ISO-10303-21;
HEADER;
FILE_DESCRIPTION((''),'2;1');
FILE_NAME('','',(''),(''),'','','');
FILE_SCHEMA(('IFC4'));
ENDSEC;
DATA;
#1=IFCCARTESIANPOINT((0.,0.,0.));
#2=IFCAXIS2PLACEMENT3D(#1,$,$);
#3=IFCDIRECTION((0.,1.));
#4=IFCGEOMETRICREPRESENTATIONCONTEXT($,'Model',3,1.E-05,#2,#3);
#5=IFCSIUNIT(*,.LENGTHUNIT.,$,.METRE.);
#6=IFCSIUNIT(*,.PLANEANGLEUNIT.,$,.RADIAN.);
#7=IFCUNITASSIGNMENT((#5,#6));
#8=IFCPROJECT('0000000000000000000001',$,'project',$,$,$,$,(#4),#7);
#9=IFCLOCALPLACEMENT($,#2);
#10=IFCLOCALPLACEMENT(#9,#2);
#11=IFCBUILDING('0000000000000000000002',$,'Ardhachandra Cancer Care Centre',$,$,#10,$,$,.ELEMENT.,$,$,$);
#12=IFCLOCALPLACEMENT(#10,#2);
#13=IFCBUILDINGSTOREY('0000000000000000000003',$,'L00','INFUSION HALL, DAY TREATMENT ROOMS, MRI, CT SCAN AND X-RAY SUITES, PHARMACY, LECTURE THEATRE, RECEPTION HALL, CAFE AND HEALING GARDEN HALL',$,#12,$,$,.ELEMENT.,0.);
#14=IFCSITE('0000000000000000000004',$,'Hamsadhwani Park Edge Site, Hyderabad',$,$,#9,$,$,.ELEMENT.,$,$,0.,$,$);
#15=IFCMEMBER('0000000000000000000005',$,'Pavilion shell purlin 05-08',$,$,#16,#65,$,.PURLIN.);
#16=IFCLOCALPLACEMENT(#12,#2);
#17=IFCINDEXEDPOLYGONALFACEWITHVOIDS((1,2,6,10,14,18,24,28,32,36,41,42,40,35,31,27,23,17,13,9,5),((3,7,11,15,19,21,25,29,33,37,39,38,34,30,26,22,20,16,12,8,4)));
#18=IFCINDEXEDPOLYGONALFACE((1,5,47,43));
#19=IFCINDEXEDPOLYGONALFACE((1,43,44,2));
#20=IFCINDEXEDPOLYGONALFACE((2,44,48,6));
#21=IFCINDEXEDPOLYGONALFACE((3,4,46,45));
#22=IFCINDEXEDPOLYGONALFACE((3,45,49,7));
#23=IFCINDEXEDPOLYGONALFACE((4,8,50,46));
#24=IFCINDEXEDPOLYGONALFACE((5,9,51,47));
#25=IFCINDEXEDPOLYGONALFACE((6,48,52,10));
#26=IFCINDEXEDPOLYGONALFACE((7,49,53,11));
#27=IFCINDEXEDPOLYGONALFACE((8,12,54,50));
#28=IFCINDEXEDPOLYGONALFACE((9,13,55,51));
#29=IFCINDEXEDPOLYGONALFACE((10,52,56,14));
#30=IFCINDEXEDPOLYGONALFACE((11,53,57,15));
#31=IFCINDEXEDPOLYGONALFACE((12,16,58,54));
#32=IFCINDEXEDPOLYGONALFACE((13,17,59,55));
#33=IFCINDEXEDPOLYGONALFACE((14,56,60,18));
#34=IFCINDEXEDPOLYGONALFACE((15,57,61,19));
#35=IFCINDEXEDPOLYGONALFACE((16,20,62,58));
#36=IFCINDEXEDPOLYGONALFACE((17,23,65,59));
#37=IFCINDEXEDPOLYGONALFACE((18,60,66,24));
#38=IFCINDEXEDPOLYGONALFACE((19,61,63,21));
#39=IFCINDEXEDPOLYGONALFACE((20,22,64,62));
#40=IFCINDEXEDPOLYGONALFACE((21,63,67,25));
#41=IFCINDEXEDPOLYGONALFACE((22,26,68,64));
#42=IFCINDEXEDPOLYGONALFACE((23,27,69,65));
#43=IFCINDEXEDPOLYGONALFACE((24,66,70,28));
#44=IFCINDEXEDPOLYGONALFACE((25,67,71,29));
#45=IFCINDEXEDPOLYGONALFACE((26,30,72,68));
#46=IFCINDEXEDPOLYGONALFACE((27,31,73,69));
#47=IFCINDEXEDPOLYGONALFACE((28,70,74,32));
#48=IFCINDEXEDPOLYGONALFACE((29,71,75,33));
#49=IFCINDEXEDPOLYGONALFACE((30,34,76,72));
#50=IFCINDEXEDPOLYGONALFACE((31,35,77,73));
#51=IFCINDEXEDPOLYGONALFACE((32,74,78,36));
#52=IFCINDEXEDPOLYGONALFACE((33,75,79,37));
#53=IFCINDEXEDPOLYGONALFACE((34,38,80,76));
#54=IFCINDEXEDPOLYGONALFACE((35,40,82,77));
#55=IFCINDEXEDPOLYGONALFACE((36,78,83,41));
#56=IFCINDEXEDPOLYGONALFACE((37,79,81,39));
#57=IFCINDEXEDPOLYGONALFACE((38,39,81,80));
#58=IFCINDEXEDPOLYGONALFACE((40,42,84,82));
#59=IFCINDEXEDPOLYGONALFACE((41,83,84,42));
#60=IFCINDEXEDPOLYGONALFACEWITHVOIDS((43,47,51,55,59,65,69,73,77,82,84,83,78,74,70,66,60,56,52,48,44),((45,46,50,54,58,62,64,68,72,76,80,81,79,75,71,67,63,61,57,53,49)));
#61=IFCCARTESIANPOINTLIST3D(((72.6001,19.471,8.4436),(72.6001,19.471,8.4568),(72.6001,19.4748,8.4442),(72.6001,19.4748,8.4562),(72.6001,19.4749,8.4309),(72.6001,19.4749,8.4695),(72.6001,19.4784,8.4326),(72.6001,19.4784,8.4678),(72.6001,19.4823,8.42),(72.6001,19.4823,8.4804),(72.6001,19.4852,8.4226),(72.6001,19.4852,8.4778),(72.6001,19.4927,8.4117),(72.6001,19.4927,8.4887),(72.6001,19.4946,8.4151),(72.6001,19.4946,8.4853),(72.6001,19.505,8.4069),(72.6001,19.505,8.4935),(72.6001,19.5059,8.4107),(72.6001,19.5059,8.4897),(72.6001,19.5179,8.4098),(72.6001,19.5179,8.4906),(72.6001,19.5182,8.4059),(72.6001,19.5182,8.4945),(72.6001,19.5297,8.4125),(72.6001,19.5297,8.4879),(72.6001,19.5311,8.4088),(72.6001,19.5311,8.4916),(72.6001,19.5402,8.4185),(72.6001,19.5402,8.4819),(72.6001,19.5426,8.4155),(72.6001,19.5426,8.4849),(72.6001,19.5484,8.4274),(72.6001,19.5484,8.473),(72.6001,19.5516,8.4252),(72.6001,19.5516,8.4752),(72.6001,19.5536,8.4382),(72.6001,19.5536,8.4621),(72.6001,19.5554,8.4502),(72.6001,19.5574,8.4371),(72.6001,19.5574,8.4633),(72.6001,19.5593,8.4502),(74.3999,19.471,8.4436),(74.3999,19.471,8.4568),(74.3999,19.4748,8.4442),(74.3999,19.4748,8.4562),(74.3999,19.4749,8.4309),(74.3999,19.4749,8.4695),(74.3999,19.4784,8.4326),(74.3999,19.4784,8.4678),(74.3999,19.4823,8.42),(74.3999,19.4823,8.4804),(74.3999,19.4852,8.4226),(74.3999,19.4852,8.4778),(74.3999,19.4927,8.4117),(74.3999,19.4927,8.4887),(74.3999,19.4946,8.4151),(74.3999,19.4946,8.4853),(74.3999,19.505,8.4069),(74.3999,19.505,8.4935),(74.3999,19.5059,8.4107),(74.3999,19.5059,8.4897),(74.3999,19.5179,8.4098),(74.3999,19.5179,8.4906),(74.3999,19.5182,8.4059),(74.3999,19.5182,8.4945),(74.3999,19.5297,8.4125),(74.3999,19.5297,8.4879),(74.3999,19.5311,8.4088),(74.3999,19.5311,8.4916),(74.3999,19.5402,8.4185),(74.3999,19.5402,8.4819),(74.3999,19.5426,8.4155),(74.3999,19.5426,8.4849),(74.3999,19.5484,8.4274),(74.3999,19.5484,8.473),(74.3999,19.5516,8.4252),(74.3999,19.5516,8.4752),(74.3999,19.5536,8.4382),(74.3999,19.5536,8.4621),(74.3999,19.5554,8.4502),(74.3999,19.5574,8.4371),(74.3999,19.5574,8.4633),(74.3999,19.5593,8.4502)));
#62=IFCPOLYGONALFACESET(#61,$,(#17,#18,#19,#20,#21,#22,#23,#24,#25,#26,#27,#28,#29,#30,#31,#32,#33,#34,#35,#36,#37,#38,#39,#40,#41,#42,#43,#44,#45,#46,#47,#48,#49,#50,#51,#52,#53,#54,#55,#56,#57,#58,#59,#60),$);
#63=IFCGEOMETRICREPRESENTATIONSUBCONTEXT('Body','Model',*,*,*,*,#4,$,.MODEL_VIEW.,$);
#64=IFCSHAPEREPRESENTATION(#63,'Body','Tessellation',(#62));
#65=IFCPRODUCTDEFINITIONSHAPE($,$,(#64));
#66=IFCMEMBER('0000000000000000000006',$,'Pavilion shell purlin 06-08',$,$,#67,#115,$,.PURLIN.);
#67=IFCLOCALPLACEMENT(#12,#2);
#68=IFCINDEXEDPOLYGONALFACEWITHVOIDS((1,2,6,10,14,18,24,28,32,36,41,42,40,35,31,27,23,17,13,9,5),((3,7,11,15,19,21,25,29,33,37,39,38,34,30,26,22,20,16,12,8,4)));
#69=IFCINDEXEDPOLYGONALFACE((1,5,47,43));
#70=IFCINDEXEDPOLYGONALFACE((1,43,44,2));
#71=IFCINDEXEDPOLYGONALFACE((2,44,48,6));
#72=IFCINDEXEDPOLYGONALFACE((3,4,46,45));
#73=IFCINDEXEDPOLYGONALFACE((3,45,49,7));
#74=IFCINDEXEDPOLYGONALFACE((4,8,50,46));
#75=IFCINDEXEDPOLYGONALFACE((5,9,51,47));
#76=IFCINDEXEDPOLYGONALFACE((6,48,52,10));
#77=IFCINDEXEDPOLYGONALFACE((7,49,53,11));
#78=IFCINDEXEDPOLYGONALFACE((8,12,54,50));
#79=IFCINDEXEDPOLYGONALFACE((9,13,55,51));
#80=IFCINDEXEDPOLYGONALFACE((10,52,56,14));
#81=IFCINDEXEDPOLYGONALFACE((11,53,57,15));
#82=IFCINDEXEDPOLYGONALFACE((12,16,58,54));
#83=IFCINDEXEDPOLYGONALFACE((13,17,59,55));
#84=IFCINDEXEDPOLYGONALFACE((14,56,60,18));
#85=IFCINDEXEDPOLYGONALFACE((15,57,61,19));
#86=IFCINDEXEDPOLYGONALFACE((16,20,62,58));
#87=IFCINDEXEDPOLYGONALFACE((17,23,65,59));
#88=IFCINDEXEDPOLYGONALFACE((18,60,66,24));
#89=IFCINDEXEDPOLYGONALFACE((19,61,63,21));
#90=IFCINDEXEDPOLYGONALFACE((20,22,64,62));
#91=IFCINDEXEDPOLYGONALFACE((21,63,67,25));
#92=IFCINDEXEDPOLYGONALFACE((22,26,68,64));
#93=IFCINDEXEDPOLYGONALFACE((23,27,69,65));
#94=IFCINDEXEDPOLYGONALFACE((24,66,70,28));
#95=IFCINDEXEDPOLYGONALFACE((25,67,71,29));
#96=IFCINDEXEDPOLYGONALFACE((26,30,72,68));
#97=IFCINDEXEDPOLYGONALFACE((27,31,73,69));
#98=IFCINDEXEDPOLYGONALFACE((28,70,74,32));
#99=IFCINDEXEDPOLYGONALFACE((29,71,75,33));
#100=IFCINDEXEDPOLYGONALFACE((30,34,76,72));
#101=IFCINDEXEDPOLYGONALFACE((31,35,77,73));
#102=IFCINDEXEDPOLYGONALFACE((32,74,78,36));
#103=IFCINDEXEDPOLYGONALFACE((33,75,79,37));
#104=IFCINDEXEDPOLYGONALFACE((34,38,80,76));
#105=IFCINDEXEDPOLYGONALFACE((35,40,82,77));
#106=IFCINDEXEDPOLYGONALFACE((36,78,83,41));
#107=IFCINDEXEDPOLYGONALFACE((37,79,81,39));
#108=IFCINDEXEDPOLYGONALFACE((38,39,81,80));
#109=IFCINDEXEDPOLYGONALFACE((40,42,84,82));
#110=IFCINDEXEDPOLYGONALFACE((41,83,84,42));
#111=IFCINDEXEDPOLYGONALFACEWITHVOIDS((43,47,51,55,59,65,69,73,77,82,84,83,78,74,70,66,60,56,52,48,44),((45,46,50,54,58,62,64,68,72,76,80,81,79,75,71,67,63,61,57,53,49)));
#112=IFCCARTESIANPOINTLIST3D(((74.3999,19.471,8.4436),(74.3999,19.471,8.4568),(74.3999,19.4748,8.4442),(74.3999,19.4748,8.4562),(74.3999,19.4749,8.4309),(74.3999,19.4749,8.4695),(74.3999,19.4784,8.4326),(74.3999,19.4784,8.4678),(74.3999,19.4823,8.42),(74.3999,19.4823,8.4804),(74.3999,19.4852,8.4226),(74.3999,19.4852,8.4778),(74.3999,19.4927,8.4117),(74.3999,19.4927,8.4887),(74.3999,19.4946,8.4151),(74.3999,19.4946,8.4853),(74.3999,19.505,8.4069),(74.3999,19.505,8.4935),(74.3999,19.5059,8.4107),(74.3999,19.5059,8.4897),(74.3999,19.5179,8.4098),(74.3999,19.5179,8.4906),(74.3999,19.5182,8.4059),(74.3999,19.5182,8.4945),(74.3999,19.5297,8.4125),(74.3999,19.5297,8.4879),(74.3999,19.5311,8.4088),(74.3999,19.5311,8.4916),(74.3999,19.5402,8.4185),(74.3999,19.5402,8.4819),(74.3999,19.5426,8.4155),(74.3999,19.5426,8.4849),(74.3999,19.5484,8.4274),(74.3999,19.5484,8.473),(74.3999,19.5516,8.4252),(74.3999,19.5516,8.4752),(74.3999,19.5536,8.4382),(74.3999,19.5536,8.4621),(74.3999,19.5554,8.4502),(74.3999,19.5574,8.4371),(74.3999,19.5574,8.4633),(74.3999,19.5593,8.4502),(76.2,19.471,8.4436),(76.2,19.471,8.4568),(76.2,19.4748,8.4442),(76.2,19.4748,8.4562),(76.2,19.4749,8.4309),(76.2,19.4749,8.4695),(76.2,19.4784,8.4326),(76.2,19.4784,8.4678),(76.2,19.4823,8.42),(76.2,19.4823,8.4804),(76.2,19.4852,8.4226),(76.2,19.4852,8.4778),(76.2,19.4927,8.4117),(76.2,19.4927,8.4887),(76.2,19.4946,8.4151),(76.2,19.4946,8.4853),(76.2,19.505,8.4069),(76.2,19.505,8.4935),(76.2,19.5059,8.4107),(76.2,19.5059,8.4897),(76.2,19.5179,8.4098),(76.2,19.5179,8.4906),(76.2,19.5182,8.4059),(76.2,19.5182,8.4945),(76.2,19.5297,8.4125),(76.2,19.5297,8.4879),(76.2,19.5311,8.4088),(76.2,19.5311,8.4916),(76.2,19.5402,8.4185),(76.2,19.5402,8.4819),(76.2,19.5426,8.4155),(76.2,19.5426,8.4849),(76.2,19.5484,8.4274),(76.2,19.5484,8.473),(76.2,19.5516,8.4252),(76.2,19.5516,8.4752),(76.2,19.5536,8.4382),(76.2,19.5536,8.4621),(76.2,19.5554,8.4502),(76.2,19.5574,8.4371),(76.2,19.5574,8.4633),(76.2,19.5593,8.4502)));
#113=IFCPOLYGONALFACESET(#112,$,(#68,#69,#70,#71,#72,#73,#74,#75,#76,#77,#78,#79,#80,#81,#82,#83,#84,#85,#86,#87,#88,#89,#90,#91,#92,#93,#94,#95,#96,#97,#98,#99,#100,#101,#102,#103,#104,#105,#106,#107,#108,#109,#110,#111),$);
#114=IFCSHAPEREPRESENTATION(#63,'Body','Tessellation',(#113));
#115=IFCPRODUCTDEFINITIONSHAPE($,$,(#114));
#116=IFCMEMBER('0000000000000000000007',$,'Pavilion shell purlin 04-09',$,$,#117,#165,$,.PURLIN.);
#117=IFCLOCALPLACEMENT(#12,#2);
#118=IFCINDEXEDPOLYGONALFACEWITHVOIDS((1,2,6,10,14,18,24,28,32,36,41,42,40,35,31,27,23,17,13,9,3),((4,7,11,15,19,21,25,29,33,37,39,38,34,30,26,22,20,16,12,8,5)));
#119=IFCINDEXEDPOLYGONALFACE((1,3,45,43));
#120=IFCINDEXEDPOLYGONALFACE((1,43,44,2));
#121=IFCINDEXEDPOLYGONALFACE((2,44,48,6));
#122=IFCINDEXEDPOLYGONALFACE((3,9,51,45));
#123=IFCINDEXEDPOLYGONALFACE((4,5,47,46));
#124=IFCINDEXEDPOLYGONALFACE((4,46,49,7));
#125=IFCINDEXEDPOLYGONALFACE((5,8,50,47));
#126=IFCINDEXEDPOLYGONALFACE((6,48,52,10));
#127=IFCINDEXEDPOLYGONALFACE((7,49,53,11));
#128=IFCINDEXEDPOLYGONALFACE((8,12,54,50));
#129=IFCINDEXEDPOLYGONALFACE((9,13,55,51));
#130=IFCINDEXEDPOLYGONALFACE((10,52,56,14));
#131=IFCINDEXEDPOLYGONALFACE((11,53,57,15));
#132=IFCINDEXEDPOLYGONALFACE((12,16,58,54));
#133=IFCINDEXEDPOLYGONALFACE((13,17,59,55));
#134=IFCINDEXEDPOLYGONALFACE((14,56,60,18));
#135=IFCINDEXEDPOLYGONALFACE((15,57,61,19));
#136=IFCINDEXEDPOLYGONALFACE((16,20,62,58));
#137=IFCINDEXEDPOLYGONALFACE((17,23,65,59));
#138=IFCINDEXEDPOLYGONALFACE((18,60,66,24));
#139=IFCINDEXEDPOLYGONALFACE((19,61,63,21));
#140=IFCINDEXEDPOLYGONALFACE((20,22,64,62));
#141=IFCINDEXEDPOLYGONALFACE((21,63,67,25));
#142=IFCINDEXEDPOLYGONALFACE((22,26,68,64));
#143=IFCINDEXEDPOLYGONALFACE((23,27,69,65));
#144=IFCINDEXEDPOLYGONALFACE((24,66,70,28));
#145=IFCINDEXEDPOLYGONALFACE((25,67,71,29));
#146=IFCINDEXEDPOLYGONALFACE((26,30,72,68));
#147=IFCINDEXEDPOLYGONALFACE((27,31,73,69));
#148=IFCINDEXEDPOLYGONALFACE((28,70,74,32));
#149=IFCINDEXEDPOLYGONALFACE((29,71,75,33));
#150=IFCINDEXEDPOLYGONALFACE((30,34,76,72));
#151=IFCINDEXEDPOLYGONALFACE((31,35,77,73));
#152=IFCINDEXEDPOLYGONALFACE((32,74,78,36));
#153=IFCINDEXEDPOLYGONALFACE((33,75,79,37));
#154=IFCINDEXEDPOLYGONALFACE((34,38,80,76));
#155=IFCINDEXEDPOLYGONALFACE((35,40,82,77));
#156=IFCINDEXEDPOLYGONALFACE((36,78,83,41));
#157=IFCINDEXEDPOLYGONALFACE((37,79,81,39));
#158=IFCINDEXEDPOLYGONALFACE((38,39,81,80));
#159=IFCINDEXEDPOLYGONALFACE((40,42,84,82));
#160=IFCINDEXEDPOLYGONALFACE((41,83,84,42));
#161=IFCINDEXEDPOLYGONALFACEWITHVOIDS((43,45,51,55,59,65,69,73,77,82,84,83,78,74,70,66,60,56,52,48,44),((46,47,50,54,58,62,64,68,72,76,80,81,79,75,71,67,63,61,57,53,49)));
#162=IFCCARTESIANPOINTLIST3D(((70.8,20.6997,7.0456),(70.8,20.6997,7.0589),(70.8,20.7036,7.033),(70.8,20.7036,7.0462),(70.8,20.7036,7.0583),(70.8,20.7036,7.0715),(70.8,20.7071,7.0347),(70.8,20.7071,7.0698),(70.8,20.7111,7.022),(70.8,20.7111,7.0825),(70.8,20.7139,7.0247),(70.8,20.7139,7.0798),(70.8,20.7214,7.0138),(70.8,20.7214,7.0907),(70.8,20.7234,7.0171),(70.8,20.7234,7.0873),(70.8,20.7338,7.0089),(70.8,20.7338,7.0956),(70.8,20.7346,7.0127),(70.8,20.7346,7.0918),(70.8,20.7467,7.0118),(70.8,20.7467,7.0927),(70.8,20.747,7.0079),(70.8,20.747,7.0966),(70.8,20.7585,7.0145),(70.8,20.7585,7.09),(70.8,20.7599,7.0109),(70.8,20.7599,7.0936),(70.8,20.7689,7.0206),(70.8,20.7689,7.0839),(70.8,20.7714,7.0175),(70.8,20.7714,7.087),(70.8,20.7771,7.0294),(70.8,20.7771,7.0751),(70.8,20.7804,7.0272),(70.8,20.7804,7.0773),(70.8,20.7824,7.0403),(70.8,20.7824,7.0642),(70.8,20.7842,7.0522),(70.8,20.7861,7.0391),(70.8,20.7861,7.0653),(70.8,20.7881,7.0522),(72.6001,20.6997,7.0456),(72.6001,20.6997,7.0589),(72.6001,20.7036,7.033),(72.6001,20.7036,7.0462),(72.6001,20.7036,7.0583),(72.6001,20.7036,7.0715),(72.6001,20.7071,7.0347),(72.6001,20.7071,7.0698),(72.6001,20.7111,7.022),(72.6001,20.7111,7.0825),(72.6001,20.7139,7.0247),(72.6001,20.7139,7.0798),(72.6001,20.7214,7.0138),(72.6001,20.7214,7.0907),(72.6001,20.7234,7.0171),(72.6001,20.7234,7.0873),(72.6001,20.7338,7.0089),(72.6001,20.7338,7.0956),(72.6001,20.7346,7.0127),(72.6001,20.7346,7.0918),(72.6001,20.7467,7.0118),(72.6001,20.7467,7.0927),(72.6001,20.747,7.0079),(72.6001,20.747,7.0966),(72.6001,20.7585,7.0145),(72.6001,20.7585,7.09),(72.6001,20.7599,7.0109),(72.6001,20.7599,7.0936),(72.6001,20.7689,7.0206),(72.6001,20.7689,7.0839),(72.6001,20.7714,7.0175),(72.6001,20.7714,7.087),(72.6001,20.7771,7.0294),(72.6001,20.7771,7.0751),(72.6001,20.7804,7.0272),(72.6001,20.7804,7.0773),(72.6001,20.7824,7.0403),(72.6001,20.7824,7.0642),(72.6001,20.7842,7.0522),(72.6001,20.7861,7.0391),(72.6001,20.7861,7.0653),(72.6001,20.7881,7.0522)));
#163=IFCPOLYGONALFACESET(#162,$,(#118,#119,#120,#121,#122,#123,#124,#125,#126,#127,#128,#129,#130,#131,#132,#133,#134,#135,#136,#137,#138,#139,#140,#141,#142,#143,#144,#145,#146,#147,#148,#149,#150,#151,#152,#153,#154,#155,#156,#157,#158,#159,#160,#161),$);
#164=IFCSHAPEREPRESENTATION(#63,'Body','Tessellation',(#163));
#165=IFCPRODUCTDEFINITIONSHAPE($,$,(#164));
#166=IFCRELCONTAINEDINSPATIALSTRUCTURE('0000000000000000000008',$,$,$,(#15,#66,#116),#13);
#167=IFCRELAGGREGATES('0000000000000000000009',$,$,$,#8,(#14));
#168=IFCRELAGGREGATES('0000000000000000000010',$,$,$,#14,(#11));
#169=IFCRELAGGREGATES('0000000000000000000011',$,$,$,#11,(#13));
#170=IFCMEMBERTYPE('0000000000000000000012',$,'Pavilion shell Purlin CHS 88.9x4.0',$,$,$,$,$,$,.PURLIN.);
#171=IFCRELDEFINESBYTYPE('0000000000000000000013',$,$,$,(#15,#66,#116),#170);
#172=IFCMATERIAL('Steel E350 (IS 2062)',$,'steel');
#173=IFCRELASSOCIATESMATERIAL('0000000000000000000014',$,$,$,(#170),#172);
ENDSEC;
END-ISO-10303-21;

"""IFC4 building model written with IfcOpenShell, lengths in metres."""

from ifc_helpers import new_model, si_unit, direction, frame, origin, origin_2d, place, context, subcontext, project, spatial, hollow_circle, extrude, material, material_profile, profile_set, type_object, element, save


model = new_model("IFC4")

# Units and contexts
model_context = context("Model", 3, precision=1e-05, world=origin(), true_north=direction((0.0, 1.0)))
body_context = subcontext(model_context, "Body", "Model", "MODEL_VIEW")
ifc_project = project(units=[si_unit("LENGTHUNIT", "METRE"), si_unit("PLANEANGLEUNIT", "RADIAN")], contexts=[model_context])

# Site, building, storey
site_placement = place(None, origin())
site = spatial("IfcSite", under=ifc_project, at=site_placement, Name="Hamsadhwani Park Edge Site, Hyderabad", CompositionType="ELEMENT", RefElevation=0.0)
building_placement = place(site_placement, origin())
building = spatial("IfcBuilding", under=site, at=building_placement, Name="Ardhachandra Cancer Care Centre", CompositionType="ELEMENT")
storey_placement = place(building_placement, origin())
storey = spatial("IfcBuildingStorey", under=building, at=storey_placement, Name="L00", Description="INFUSION HALL, DAY TREATMENT ROOMS, MRI, CT SCAN AND X-RAY SUITES, PHARMACY, LECTURE THEATRE, RECEPTION HALL, CAFE AND HEALING GARDEN HALL", CompositionType="ELEMENT", Elevation=0.0)

# Members
ifc_material_1 = material(Name="Steel E350 (IS 2062)", Category="steel")
ifc_material_profile_1 = material_profile(ifc_material_1, hollow_circle(Radius=0.0444, WallThickness=0.0039, at=origin_2d()), Name="CHS 88.9x4.0")
ifc_profile_set_1 = profile_set([ifc_material_profile_1], Name="Steel E350 (IS 2062)")
member_type_1 = type_object("IfcMemberType", Name="Pavilion shell Purlin CHS 88.9x4.0", PredefinedType="PURLIN", material=ifc_profile_set_1)
member_1_placement = place(storey_placement, frame((72.6001, 19.5149, 8.4502), z_axis=(1.0, 0.0, 0.0), x_axis=(0.0, 1.0, 0.0)))
element("IfcMember", 1, at=member_1_placement, inside=storey, type_object=member_type_1, Name="Pavilion shell purlin 05-08", PredefinedType="PURLIN", context=body_context, shape_type="SweptSolid", body=[
    extrude(hollow_circle(Radius=0.0444, WallThickness=0.0039, at=origin_2d()), origin(), (0.0, 0.0, 1.0), 1.7998),
])
for number, where, z_axis, x_axis, name in (
    (2, (74.3999, 19.5149, 8.4502), (1.0, 0.0, 0.0), (0.0, 1.0, 0.0), "Pavilion shell purlin 06-08"),
    (3, (70.8, 20.7437, 7.0522), (1.0, 0.0, 0.0), (0.0, 1.0, 0.0), "Pavilion shell purlin 04-09"),
):
    element("IfcMember", number, at=place(storey_placement, frame(where, z_axis=z_axis, x_axis=x_axis)), inside=storey, type_object=member_type_1, Name=name, PredefinedType="PURLIN", context=body_context, shape_type="SweptSolid", body=[
        extrude(hollow_circle(Radius=0.0444, WallThickness=0.0039, at=origin_2d()), origin(), (0.0, 0.0, 1.0), 1.8),
    ])

save(model, "model.ifc")
